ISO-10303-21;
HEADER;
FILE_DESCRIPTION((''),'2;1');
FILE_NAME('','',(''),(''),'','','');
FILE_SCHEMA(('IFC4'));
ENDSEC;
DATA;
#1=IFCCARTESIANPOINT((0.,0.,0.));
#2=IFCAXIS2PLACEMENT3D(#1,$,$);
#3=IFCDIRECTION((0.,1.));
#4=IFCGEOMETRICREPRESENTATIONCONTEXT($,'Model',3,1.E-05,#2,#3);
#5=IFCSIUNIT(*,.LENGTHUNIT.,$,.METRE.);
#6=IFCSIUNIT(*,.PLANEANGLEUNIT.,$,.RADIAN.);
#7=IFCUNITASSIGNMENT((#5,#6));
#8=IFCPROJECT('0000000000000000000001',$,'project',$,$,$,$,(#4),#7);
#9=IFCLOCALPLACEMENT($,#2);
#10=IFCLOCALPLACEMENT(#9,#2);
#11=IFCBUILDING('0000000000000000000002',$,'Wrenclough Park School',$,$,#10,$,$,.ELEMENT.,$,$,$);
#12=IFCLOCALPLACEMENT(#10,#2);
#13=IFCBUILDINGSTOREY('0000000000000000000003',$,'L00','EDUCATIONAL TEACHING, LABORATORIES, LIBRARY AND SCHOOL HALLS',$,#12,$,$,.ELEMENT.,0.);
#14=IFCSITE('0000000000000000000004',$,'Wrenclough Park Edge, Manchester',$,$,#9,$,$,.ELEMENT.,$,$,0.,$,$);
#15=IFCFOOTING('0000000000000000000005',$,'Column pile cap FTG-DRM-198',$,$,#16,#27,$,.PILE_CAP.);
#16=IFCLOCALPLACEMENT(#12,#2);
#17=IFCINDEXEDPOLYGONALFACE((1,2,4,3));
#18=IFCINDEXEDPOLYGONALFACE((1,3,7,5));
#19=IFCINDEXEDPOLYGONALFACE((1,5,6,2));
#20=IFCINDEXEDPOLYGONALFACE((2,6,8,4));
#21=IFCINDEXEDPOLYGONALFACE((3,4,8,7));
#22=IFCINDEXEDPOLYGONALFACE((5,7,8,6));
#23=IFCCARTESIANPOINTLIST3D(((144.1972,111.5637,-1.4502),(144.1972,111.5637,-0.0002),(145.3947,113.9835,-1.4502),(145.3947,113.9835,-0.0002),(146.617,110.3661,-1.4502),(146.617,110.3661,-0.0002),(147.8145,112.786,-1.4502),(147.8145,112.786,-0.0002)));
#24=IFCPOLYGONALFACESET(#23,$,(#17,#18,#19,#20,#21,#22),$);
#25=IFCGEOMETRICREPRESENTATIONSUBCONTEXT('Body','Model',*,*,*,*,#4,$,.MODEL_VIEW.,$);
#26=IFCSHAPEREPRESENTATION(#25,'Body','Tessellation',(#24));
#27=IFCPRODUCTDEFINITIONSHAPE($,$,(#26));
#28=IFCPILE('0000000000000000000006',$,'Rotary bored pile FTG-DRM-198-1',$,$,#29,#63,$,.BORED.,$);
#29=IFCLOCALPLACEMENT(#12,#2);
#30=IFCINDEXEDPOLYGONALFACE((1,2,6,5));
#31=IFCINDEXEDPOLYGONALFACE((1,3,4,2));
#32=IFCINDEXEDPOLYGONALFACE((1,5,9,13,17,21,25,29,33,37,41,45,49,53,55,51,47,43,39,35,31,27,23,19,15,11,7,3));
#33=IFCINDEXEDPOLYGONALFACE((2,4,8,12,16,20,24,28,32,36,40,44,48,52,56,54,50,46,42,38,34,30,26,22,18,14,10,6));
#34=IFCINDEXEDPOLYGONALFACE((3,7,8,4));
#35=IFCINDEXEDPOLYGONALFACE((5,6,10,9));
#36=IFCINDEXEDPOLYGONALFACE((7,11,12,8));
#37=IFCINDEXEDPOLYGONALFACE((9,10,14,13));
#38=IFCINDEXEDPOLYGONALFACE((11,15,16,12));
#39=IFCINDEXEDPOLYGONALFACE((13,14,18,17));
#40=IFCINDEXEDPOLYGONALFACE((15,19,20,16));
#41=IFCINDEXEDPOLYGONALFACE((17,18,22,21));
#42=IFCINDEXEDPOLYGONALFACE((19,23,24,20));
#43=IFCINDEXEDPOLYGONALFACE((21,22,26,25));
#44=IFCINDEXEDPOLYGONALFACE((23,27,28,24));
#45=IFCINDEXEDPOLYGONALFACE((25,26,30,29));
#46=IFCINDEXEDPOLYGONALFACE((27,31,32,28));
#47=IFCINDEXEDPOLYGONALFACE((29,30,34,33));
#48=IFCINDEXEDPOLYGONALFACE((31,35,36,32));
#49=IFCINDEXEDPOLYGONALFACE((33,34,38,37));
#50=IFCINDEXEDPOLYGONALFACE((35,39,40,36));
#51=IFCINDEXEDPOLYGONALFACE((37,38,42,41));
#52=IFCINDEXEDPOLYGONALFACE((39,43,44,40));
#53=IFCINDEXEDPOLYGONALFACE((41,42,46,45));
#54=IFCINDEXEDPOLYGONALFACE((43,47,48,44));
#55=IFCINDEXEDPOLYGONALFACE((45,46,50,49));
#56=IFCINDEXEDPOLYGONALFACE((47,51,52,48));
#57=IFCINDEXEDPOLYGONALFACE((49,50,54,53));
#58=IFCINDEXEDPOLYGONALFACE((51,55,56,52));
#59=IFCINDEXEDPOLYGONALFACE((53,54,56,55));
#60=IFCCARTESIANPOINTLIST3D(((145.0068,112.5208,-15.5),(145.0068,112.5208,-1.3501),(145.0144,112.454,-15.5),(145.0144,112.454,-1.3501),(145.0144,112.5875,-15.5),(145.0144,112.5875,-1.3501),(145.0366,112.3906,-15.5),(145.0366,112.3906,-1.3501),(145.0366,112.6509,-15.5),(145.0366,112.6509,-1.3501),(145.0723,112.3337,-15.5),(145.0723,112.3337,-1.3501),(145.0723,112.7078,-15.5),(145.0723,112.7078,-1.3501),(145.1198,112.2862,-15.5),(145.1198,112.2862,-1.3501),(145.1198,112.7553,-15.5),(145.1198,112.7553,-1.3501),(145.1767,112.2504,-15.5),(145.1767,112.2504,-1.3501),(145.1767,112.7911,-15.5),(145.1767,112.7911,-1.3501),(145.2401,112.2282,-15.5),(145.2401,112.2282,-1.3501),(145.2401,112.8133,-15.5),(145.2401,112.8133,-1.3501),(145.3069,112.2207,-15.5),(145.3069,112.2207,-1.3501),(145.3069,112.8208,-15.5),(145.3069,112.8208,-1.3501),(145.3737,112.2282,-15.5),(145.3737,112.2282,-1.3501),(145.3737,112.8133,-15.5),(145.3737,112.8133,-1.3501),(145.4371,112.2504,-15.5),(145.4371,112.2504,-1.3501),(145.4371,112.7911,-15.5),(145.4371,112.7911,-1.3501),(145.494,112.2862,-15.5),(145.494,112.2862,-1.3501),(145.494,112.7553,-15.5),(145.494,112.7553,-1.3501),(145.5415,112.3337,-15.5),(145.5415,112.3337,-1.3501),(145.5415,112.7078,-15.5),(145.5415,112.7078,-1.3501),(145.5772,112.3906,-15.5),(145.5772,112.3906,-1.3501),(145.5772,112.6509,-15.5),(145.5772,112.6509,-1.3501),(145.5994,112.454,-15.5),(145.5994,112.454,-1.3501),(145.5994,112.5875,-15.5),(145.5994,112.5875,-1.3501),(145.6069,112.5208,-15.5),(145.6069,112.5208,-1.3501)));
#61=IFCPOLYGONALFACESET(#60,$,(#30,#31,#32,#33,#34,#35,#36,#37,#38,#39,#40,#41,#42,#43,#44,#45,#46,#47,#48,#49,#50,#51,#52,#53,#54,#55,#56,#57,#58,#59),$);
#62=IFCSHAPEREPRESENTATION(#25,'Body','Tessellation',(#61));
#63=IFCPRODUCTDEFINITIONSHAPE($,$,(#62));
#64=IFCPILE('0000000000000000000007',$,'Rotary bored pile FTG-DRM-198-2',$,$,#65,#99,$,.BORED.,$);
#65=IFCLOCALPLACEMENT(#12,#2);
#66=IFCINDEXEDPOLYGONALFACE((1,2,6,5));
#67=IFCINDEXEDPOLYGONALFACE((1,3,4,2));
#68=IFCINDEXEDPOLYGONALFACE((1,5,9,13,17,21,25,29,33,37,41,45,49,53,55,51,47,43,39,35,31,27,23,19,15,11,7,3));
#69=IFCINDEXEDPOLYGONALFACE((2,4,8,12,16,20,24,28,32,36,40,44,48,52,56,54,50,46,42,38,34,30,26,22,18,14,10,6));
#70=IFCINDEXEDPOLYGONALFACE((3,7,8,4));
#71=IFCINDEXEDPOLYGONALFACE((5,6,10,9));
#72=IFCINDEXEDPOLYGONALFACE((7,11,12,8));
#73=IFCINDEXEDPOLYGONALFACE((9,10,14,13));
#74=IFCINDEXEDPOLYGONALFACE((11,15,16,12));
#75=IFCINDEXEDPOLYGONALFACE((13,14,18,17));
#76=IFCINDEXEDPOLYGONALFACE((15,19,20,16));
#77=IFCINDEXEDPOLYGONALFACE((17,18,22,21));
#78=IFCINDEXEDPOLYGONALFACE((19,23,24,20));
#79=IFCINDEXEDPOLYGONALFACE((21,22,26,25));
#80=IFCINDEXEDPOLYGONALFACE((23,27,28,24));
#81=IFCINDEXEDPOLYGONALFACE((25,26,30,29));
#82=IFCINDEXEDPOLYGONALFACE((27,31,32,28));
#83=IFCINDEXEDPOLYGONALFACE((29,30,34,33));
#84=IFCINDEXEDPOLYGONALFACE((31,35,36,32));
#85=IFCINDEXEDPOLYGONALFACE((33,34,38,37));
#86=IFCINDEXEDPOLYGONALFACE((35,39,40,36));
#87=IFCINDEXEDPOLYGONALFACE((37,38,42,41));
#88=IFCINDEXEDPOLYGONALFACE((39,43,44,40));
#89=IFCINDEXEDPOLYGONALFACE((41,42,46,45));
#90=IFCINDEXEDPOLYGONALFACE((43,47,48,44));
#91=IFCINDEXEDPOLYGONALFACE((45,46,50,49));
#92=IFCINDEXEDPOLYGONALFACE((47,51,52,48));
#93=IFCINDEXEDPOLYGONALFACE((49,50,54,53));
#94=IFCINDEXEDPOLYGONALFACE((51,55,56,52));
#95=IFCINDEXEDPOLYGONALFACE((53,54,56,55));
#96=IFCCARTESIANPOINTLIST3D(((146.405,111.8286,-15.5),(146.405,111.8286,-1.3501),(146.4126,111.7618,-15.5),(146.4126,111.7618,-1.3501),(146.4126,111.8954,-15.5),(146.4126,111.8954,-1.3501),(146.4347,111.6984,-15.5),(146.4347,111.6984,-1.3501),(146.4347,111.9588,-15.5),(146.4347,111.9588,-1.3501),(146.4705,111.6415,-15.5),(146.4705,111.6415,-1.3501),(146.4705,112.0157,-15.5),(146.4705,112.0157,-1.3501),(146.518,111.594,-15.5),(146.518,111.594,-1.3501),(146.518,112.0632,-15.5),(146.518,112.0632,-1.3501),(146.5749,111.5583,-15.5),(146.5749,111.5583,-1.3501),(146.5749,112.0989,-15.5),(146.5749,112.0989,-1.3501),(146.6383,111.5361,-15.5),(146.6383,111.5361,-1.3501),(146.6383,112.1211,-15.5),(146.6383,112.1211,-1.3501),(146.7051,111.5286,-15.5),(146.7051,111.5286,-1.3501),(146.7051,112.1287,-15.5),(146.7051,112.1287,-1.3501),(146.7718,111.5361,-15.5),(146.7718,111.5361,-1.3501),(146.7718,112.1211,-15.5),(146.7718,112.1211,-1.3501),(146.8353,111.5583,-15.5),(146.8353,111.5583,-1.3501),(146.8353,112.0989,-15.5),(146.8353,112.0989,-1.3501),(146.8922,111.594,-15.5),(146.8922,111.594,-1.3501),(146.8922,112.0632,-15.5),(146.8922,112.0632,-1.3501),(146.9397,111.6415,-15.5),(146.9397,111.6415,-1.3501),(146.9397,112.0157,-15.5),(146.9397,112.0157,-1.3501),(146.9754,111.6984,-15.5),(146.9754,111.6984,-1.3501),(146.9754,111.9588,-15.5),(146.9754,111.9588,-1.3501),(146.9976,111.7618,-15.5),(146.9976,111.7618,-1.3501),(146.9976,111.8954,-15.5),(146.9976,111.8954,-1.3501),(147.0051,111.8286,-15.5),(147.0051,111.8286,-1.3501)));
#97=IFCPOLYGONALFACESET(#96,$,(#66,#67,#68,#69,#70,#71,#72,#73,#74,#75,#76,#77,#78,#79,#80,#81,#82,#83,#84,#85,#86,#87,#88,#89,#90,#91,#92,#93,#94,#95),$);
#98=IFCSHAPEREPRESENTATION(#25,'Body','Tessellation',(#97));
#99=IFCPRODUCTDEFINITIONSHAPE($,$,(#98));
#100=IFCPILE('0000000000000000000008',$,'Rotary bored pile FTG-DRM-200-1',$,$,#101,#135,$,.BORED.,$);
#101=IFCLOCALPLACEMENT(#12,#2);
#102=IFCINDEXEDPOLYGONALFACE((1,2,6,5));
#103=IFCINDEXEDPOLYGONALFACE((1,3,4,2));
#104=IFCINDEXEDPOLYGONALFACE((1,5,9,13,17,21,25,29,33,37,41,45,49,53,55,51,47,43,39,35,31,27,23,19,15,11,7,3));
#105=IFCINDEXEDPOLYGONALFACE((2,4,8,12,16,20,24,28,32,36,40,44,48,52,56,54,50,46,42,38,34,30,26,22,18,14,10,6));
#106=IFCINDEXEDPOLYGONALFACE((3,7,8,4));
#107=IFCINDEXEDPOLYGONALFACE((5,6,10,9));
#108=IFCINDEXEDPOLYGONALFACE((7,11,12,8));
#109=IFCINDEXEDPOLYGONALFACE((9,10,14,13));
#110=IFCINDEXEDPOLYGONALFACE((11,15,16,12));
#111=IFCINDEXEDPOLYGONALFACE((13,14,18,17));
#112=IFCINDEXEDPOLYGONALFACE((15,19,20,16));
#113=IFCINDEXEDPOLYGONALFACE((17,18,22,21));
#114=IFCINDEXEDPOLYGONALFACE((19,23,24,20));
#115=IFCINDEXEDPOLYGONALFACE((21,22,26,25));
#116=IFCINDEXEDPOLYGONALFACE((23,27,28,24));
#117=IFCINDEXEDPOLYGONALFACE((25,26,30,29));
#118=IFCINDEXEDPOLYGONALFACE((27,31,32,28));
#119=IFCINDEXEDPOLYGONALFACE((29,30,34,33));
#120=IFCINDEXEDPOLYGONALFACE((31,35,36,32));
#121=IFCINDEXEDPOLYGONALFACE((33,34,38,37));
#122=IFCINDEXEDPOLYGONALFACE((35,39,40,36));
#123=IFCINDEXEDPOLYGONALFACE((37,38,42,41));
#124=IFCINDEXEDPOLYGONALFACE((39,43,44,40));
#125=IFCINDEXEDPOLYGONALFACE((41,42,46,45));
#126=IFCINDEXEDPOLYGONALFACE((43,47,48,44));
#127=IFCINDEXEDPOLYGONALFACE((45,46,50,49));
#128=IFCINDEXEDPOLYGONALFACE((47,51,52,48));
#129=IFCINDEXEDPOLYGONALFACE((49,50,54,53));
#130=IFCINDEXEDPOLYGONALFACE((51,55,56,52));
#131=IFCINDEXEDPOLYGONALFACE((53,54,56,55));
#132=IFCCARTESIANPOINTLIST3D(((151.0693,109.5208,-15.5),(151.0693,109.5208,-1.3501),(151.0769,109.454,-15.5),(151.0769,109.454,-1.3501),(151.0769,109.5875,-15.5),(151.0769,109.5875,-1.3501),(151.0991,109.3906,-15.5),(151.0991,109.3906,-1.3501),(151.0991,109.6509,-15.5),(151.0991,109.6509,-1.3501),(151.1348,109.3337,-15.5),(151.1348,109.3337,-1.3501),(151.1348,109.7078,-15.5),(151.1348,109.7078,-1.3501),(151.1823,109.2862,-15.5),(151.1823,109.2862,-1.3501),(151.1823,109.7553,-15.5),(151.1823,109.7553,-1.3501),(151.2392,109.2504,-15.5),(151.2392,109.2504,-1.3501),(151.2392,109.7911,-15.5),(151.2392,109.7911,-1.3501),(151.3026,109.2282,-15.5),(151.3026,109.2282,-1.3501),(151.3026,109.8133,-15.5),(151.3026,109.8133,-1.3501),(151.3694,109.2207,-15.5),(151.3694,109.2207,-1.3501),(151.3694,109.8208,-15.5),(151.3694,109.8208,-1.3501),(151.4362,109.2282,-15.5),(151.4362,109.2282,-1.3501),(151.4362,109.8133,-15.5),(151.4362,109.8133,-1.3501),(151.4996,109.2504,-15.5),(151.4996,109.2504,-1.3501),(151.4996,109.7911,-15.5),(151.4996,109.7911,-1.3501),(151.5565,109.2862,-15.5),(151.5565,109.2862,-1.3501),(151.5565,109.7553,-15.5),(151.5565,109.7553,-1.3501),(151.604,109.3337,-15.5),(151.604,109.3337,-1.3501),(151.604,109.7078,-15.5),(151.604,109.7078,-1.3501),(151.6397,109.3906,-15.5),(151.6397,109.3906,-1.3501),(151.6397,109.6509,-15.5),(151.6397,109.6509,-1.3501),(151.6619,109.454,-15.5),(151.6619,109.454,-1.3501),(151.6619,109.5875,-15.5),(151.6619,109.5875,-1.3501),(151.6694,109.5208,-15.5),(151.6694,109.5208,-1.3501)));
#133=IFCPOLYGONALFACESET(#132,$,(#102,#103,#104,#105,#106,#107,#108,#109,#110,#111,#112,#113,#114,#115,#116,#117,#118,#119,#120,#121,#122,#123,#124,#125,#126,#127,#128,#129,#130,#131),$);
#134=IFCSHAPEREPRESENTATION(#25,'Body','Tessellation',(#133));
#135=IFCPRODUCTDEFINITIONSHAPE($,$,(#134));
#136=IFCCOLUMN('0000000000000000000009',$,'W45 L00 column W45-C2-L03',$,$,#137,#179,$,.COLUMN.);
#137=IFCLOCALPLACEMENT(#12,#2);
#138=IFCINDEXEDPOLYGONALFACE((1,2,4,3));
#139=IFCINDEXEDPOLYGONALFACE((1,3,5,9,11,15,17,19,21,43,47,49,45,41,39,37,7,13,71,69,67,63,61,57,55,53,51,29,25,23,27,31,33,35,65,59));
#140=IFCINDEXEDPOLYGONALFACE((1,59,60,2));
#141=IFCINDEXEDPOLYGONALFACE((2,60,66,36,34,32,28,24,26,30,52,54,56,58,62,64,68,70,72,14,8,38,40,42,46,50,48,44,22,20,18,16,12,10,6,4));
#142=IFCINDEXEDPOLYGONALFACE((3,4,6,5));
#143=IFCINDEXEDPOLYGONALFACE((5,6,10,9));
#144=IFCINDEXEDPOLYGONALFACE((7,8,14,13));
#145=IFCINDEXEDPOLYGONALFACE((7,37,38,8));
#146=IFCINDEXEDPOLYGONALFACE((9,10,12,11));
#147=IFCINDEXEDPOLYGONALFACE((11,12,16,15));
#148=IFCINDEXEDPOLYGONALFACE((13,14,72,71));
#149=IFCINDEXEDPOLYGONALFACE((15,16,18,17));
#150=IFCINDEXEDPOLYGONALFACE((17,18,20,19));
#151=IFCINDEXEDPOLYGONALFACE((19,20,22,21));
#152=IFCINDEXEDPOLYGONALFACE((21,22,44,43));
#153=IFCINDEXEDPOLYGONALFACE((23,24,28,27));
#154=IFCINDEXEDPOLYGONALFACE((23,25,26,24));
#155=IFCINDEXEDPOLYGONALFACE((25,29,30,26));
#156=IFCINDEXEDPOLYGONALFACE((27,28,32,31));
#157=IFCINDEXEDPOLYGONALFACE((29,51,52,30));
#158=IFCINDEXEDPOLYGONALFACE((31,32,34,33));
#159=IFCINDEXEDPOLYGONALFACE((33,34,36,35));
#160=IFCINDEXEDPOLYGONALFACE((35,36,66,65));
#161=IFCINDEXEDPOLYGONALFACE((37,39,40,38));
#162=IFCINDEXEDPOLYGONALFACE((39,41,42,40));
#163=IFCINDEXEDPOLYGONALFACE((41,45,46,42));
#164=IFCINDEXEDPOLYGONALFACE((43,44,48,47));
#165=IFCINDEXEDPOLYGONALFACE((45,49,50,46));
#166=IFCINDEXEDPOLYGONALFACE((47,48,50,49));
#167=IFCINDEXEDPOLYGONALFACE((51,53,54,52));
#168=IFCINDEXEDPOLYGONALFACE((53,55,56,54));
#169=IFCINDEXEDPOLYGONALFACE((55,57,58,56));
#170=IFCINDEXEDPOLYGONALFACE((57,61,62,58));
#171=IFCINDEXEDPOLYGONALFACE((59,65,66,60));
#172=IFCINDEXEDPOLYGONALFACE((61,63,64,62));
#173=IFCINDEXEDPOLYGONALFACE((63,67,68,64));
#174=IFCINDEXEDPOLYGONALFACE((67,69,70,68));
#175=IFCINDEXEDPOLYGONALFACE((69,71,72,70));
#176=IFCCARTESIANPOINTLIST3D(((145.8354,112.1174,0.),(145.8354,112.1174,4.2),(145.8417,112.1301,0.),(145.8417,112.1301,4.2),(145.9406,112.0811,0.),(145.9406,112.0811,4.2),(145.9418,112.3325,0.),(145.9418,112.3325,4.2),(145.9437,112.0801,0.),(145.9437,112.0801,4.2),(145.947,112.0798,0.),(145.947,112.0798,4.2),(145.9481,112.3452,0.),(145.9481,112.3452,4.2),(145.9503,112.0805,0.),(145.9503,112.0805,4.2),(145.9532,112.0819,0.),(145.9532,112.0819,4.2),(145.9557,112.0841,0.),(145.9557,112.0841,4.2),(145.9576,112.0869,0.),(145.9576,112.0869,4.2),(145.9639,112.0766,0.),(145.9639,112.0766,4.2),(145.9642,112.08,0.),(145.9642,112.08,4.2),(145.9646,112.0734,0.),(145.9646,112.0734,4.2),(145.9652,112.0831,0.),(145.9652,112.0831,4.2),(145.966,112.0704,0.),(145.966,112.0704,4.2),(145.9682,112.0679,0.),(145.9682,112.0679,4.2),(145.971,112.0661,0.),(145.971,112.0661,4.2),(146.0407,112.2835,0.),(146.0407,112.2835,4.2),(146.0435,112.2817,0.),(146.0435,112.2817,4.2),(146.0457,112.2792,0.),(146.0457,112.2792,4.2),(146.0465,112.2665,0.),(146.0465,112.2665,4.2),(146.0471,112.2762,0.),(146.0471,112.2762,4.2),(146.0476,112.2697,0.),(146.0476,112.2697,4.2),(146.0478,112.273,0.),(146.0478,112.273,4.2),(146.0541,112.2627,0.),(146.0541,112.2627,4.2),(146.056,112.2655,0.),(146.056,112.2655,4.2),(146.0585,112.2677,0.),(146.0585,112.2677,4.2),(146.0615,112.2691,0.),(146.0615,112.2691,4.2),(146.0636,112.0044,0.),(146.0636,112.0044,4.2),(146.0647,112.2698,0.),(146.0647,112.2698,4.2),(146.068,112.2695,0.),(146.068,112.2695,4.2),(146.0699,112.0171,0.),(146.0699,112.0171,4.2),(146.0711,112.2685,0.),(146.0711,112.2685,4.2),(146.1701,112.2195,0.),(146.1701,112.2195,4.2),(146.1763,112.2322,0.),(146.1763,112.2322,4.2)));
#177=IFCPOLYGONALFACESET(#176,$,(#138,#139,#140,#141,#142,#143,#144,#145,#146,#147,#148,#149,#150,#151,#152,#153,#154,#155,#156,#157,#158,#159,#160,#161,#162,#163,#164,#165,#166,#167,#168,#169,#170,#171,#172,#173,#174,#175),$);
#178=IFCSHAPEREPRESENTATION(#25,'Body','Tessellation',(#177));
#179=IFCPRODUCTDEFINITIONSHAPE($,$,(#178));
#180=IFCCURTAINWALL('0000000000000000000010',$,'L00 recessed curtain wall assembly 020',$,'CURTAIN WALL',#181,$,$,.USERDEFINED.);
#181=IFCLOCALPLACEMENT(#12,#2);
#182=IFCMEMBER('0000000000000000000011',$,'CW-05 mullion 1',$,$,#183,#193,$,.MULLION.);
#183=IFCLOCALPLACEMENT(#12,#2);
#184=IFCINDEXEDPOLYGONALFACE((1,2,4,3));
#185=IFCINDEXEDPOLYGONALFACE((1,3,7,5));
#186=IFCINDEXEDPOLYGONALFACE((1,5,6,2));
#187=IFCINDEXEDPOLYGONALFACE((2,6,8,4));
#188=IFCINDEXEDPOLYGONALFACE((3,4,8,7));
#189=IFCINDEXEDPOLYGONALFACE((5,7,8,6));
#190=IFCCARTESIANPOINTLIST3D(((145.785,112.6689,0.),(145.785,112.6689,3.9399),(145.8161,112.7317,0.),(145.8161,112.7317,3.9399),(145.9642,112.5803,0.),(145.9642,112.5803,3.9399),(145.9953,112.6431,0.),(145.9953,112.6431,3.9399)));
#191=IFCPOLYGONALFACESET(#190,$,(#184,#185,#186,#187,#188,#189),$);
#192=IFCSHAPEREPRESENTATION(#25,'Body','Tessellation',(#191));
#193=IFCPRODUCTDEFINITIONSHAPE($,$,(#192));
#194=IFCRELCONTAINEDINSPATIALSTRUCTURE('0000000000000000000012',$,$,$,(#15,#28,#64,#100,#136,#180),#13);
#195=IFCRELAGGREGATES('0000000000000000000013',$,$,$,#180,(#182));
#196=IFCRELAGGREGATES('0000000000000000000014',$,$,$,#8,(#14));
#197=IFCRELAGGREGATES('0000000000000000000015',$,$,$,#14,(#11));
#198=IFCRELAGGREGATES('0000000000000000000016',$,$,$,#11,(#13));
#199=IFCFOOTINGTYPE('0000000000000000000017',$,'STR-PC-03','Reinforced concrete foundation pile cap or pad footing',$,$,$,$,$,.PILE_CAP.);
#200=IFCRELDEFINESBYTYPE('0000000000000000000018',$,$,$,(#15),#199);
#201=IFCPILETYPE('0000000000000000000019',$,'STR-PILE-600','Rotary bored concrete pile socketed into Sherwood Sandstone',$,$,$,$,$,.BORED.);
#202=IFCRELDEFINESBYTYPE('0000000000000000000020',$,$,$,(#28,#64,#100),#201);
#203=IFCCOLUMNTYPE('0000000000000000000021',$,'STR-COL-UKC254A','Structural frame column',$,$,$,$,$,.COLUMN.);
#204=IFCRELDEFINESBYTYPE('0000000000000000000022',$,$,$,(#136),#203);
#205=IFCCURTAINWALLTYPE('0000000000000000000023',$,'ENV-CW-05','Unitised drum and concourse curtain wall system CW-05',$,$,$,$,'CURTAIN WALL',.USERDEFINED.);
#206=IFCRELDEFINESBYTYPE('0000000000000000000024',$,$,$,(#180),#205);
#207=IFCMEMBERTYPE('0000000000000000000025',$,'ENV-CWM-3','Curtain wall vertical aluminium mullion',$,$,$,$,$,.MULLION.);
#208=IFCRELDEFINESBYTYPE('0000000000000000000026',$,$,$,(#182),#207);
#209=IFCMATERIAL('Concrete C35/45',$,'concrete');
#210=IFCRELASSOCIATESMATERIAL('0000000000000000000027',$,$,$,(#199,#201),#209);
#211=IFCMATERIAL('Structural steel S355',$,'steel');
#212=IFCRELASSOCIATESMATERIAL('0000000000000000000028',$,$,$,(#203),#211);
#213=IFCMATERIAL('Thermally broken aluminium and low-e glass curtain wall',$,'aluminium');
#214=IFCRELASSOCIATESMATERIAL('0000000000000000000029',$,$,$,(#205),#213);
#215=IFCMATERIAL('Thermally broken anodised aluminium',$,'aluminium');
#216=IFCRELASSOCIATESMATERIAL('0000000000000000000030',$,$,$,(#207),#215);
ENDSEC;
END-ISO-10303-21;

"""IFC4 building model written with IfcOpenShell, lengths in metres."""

from ifc_helpers import new_model, si_unit, direction, frame, origin, origin_2d, place, context, subcontext, project, spatial, rectangle, circle, i_section, extrude, material, material_profile, profile_set, type_object, element, aggregate, save


model = new_model("IFC4")

# Units and contexts
model_context = context("Model", 3, precision=1e-05, world=origin(), true_north=direction((0.0, 1.0)))
body_context = subcontext(model_context, "Body", "Model", "MODEL_VIEW")
ifc_project = project(units=[si_unit("LENGTHUNIT", "METRE"), si_unit("PLANEANGLEUNIT", "RADIAN")], contexts=[model_context])

# Site, building, storey
site_placement = place(None, origin())
site = spatial("IfcSite", under=ifc_project, at=site_placement, Name="Wrenclough Park Edge, Manchester", CompositionType="ELEMENT", RefElevation=0.0)
building_placement = place(site_placement, origin())
building = spatial("IfcBuilding", under=site, at=building_placement, Name="Wrenclough Park School", CompositionType="ELEMENT")
storey_placement = place(building_placement, origin())
storey = spatial("IfcBuildingStorey", under=building, at=storey_placement, Name="L00", Description="EDUCATIONAL TEACHING, LABORATORIES, LIBRARY AND SCHOOL HALLS", CompositionType="ELEMENT", Elevation=0.0)

# Footing
ifc_material_1 = material(Name="Concrete C35/45", Category="concrete")
footing_type = type_object("IfcFootingType", Name="STR-PC-03", Description="Reinforced concrete foundation pile cap or pad footing", PredefinedType="PILE_CAP", material=ifc_material_1)
footing_placement = place(storey_placement, frame((146.0059, 112.1748, -1.4502), z_axis=(0.0, 0.0, 1.0), x_axis=(0.896254, -0.443541, 0.0)))
element("IfcFooting", 1, at=footing_placement, inside=storey, type_object=footing_type, Name="Column pile cap FTG-DRM-198", PredefinedType="PILE_CAP", context=body_context, shape_type="SweptSolid", body=[
    extrude(rectangle(XDim=2.7, YDim=2.7, at=origin_2d()), origin(), (0.0, 0.0, 1.0), 1.45),
])

# Piles
ifc_material_profile_1 = material_profile(ifc_material_1, circle(Radius=0.3, at=origin_2d()), Name="BORED PILE D600")
ifc_profile_set_1 = profile_set([ifc_material_profile_1], Name="Concrete C35/45")
pile_type = type_object("IfcPileType", Name="STR-PILE-600", Description="Rotary bored concrete pile socketed into Sherwood Sandstone", PredefinedType="BORED", material=ifc_profile_set_1)
for number, where, z_axis, x_axis, name in (
    (2, (145.3069, 112.5208, -1.3501), (0.0, 0.0, -1.0), (1.0, 0.0, 0.0), "Rotary bored pile FTG-DRM-198-1"),
    (3, (146.7051, 111.8286, -1.3501), (0.0, 0.0, -1.0), (1.0, 0.0, 0.0), "Rotary bored pile FTG-DRM-198-2"),
    (4, (151.3694, 109.5208, -1.3501), (0.0, 0.0, -1.0), (1.0, 0.0, 0.0), "Rotary bored pile FTG-DRM-200-1"),
):
    element("IfcPile", number, at=place(storey_placement, frame(where, z_axis=z_axis, x_axis=x_axis)), inside=storey, type_object=pile_type, Name=name, PredefinedType="BORED", context=body_context, shape_type="SweptSolid", body=[
        extrude(circle(Radius=0.3, at=origin_2d()), origin(), (0.0, 0.0, 1.0), 14.1499),
    ])

# Column
ifc_material_2 = material(Name="Structural steel S355", Category="steel")
ifc_material_profile_2 = material_profile(ifc_material_2, i_section(OverallWidth=0.2546, OverallDepth=0.2542, WebThickness=0.0085, FlangeThickness=0.0142, FilletRadius=0.0127, at=origin_2d()), Name="UKC 254x254x73")
ifc_profile_set_2 = profile_set([ifc_material_profile_2], Name="Structural steel S355")
column_type = type_object("IfcColumnType", Name="STR-COL-UKC254A", Description="Structural frame column", PredefinedType="COLUMN", material=ifc_profile_set_2)
column_placement = place(storey_placement, frame((146.0059, 112.1748, 0.0), z_axis=(0.0, 0.0, 1.0), x_axis=(0.896254, -0.443541, 0.0)))
element("IfcColumn", 5, at=column_placement, inside=storey, type_object=column_type, Name="W45 L00 column W45-C2-L03", PredefinedType="COLUMN", context=body_context, shape_type="SweptSolid", body=[
    extrude(i_section(OverallWidth=0.2546, OverallDepth=0.2542, WebThickness=0.0085, FlangeThickness=0.0142, FilletRadius=0.0127, at=origin_2d()), origin(), (0.0, 0.0, 1.0), 4.2),
])

# Curtain wall, member
ifc_material_3 = material(Name="Thermally broken aluminium and low-e glass curtain wall", Category="aluminium")
curtain_wall_type = type_object("IfcCurtainWallType", Name="ENV-CW-05", Description="Unitised drum and concourse curtain wall system CW-05", ElementType="CURTAIN WALL", PredefinedType="USERDEFINED", material=ifc_material_3)
curtain_wall_placement = place(storey_placement, origin())
curtain_wall = element("IfcCurtainWall", 6, at=curtain_wall_placement, inside=storey, type_object=curtain_wall_type, Name="L00 recessed curtain wall assembly 020", ObjectType="CURTAIN WALL", PredefinedType="USERDEFINED")
ifc_material_4 = material(Name="Thermally broken anodised aluminium", Category="aluminium")
ifc_material_profile_3 = material_profile(ifc_material_4, rectangle(XDim=0.0701, YDim=0.2, at=origin_2d()), Name="AL MULLION 70x200")
ifc_profile_set_3 = profile_set([ifc_material_profile_3], Name="Thermally broken anodised aluminium")
member_type_1 = type_object("IfcMemberType", Name="ENV-CWM-3", Description="Curtain wall vertical aluminium mullion", PredefinedType="MULLION", material=ifc_profile_set_3)
member_1_placement = place(storey_placement, frame((145.8901, 112.656, 0.0), z_axis=(0.0, 0.0, 1.0), x_axis=(0.443511, 0.896269, 0.0)))
member_1 = element("IfcMember", 7, at=member_1_placement, type_object=member_type_1, Name="CW-05 mullion 1", PredefinedType="MULLION", context=body_context, shape_type="SweptSolid", body=[
    extrude(rectangle(XDim=0.0701, YDim=0.2, at=origin_2d()), origin(), (0.0, 0.0, 1.0), 3.9399),
])

aggregate(curtain_wall, [member_1])

save(model, "model.ifc")
